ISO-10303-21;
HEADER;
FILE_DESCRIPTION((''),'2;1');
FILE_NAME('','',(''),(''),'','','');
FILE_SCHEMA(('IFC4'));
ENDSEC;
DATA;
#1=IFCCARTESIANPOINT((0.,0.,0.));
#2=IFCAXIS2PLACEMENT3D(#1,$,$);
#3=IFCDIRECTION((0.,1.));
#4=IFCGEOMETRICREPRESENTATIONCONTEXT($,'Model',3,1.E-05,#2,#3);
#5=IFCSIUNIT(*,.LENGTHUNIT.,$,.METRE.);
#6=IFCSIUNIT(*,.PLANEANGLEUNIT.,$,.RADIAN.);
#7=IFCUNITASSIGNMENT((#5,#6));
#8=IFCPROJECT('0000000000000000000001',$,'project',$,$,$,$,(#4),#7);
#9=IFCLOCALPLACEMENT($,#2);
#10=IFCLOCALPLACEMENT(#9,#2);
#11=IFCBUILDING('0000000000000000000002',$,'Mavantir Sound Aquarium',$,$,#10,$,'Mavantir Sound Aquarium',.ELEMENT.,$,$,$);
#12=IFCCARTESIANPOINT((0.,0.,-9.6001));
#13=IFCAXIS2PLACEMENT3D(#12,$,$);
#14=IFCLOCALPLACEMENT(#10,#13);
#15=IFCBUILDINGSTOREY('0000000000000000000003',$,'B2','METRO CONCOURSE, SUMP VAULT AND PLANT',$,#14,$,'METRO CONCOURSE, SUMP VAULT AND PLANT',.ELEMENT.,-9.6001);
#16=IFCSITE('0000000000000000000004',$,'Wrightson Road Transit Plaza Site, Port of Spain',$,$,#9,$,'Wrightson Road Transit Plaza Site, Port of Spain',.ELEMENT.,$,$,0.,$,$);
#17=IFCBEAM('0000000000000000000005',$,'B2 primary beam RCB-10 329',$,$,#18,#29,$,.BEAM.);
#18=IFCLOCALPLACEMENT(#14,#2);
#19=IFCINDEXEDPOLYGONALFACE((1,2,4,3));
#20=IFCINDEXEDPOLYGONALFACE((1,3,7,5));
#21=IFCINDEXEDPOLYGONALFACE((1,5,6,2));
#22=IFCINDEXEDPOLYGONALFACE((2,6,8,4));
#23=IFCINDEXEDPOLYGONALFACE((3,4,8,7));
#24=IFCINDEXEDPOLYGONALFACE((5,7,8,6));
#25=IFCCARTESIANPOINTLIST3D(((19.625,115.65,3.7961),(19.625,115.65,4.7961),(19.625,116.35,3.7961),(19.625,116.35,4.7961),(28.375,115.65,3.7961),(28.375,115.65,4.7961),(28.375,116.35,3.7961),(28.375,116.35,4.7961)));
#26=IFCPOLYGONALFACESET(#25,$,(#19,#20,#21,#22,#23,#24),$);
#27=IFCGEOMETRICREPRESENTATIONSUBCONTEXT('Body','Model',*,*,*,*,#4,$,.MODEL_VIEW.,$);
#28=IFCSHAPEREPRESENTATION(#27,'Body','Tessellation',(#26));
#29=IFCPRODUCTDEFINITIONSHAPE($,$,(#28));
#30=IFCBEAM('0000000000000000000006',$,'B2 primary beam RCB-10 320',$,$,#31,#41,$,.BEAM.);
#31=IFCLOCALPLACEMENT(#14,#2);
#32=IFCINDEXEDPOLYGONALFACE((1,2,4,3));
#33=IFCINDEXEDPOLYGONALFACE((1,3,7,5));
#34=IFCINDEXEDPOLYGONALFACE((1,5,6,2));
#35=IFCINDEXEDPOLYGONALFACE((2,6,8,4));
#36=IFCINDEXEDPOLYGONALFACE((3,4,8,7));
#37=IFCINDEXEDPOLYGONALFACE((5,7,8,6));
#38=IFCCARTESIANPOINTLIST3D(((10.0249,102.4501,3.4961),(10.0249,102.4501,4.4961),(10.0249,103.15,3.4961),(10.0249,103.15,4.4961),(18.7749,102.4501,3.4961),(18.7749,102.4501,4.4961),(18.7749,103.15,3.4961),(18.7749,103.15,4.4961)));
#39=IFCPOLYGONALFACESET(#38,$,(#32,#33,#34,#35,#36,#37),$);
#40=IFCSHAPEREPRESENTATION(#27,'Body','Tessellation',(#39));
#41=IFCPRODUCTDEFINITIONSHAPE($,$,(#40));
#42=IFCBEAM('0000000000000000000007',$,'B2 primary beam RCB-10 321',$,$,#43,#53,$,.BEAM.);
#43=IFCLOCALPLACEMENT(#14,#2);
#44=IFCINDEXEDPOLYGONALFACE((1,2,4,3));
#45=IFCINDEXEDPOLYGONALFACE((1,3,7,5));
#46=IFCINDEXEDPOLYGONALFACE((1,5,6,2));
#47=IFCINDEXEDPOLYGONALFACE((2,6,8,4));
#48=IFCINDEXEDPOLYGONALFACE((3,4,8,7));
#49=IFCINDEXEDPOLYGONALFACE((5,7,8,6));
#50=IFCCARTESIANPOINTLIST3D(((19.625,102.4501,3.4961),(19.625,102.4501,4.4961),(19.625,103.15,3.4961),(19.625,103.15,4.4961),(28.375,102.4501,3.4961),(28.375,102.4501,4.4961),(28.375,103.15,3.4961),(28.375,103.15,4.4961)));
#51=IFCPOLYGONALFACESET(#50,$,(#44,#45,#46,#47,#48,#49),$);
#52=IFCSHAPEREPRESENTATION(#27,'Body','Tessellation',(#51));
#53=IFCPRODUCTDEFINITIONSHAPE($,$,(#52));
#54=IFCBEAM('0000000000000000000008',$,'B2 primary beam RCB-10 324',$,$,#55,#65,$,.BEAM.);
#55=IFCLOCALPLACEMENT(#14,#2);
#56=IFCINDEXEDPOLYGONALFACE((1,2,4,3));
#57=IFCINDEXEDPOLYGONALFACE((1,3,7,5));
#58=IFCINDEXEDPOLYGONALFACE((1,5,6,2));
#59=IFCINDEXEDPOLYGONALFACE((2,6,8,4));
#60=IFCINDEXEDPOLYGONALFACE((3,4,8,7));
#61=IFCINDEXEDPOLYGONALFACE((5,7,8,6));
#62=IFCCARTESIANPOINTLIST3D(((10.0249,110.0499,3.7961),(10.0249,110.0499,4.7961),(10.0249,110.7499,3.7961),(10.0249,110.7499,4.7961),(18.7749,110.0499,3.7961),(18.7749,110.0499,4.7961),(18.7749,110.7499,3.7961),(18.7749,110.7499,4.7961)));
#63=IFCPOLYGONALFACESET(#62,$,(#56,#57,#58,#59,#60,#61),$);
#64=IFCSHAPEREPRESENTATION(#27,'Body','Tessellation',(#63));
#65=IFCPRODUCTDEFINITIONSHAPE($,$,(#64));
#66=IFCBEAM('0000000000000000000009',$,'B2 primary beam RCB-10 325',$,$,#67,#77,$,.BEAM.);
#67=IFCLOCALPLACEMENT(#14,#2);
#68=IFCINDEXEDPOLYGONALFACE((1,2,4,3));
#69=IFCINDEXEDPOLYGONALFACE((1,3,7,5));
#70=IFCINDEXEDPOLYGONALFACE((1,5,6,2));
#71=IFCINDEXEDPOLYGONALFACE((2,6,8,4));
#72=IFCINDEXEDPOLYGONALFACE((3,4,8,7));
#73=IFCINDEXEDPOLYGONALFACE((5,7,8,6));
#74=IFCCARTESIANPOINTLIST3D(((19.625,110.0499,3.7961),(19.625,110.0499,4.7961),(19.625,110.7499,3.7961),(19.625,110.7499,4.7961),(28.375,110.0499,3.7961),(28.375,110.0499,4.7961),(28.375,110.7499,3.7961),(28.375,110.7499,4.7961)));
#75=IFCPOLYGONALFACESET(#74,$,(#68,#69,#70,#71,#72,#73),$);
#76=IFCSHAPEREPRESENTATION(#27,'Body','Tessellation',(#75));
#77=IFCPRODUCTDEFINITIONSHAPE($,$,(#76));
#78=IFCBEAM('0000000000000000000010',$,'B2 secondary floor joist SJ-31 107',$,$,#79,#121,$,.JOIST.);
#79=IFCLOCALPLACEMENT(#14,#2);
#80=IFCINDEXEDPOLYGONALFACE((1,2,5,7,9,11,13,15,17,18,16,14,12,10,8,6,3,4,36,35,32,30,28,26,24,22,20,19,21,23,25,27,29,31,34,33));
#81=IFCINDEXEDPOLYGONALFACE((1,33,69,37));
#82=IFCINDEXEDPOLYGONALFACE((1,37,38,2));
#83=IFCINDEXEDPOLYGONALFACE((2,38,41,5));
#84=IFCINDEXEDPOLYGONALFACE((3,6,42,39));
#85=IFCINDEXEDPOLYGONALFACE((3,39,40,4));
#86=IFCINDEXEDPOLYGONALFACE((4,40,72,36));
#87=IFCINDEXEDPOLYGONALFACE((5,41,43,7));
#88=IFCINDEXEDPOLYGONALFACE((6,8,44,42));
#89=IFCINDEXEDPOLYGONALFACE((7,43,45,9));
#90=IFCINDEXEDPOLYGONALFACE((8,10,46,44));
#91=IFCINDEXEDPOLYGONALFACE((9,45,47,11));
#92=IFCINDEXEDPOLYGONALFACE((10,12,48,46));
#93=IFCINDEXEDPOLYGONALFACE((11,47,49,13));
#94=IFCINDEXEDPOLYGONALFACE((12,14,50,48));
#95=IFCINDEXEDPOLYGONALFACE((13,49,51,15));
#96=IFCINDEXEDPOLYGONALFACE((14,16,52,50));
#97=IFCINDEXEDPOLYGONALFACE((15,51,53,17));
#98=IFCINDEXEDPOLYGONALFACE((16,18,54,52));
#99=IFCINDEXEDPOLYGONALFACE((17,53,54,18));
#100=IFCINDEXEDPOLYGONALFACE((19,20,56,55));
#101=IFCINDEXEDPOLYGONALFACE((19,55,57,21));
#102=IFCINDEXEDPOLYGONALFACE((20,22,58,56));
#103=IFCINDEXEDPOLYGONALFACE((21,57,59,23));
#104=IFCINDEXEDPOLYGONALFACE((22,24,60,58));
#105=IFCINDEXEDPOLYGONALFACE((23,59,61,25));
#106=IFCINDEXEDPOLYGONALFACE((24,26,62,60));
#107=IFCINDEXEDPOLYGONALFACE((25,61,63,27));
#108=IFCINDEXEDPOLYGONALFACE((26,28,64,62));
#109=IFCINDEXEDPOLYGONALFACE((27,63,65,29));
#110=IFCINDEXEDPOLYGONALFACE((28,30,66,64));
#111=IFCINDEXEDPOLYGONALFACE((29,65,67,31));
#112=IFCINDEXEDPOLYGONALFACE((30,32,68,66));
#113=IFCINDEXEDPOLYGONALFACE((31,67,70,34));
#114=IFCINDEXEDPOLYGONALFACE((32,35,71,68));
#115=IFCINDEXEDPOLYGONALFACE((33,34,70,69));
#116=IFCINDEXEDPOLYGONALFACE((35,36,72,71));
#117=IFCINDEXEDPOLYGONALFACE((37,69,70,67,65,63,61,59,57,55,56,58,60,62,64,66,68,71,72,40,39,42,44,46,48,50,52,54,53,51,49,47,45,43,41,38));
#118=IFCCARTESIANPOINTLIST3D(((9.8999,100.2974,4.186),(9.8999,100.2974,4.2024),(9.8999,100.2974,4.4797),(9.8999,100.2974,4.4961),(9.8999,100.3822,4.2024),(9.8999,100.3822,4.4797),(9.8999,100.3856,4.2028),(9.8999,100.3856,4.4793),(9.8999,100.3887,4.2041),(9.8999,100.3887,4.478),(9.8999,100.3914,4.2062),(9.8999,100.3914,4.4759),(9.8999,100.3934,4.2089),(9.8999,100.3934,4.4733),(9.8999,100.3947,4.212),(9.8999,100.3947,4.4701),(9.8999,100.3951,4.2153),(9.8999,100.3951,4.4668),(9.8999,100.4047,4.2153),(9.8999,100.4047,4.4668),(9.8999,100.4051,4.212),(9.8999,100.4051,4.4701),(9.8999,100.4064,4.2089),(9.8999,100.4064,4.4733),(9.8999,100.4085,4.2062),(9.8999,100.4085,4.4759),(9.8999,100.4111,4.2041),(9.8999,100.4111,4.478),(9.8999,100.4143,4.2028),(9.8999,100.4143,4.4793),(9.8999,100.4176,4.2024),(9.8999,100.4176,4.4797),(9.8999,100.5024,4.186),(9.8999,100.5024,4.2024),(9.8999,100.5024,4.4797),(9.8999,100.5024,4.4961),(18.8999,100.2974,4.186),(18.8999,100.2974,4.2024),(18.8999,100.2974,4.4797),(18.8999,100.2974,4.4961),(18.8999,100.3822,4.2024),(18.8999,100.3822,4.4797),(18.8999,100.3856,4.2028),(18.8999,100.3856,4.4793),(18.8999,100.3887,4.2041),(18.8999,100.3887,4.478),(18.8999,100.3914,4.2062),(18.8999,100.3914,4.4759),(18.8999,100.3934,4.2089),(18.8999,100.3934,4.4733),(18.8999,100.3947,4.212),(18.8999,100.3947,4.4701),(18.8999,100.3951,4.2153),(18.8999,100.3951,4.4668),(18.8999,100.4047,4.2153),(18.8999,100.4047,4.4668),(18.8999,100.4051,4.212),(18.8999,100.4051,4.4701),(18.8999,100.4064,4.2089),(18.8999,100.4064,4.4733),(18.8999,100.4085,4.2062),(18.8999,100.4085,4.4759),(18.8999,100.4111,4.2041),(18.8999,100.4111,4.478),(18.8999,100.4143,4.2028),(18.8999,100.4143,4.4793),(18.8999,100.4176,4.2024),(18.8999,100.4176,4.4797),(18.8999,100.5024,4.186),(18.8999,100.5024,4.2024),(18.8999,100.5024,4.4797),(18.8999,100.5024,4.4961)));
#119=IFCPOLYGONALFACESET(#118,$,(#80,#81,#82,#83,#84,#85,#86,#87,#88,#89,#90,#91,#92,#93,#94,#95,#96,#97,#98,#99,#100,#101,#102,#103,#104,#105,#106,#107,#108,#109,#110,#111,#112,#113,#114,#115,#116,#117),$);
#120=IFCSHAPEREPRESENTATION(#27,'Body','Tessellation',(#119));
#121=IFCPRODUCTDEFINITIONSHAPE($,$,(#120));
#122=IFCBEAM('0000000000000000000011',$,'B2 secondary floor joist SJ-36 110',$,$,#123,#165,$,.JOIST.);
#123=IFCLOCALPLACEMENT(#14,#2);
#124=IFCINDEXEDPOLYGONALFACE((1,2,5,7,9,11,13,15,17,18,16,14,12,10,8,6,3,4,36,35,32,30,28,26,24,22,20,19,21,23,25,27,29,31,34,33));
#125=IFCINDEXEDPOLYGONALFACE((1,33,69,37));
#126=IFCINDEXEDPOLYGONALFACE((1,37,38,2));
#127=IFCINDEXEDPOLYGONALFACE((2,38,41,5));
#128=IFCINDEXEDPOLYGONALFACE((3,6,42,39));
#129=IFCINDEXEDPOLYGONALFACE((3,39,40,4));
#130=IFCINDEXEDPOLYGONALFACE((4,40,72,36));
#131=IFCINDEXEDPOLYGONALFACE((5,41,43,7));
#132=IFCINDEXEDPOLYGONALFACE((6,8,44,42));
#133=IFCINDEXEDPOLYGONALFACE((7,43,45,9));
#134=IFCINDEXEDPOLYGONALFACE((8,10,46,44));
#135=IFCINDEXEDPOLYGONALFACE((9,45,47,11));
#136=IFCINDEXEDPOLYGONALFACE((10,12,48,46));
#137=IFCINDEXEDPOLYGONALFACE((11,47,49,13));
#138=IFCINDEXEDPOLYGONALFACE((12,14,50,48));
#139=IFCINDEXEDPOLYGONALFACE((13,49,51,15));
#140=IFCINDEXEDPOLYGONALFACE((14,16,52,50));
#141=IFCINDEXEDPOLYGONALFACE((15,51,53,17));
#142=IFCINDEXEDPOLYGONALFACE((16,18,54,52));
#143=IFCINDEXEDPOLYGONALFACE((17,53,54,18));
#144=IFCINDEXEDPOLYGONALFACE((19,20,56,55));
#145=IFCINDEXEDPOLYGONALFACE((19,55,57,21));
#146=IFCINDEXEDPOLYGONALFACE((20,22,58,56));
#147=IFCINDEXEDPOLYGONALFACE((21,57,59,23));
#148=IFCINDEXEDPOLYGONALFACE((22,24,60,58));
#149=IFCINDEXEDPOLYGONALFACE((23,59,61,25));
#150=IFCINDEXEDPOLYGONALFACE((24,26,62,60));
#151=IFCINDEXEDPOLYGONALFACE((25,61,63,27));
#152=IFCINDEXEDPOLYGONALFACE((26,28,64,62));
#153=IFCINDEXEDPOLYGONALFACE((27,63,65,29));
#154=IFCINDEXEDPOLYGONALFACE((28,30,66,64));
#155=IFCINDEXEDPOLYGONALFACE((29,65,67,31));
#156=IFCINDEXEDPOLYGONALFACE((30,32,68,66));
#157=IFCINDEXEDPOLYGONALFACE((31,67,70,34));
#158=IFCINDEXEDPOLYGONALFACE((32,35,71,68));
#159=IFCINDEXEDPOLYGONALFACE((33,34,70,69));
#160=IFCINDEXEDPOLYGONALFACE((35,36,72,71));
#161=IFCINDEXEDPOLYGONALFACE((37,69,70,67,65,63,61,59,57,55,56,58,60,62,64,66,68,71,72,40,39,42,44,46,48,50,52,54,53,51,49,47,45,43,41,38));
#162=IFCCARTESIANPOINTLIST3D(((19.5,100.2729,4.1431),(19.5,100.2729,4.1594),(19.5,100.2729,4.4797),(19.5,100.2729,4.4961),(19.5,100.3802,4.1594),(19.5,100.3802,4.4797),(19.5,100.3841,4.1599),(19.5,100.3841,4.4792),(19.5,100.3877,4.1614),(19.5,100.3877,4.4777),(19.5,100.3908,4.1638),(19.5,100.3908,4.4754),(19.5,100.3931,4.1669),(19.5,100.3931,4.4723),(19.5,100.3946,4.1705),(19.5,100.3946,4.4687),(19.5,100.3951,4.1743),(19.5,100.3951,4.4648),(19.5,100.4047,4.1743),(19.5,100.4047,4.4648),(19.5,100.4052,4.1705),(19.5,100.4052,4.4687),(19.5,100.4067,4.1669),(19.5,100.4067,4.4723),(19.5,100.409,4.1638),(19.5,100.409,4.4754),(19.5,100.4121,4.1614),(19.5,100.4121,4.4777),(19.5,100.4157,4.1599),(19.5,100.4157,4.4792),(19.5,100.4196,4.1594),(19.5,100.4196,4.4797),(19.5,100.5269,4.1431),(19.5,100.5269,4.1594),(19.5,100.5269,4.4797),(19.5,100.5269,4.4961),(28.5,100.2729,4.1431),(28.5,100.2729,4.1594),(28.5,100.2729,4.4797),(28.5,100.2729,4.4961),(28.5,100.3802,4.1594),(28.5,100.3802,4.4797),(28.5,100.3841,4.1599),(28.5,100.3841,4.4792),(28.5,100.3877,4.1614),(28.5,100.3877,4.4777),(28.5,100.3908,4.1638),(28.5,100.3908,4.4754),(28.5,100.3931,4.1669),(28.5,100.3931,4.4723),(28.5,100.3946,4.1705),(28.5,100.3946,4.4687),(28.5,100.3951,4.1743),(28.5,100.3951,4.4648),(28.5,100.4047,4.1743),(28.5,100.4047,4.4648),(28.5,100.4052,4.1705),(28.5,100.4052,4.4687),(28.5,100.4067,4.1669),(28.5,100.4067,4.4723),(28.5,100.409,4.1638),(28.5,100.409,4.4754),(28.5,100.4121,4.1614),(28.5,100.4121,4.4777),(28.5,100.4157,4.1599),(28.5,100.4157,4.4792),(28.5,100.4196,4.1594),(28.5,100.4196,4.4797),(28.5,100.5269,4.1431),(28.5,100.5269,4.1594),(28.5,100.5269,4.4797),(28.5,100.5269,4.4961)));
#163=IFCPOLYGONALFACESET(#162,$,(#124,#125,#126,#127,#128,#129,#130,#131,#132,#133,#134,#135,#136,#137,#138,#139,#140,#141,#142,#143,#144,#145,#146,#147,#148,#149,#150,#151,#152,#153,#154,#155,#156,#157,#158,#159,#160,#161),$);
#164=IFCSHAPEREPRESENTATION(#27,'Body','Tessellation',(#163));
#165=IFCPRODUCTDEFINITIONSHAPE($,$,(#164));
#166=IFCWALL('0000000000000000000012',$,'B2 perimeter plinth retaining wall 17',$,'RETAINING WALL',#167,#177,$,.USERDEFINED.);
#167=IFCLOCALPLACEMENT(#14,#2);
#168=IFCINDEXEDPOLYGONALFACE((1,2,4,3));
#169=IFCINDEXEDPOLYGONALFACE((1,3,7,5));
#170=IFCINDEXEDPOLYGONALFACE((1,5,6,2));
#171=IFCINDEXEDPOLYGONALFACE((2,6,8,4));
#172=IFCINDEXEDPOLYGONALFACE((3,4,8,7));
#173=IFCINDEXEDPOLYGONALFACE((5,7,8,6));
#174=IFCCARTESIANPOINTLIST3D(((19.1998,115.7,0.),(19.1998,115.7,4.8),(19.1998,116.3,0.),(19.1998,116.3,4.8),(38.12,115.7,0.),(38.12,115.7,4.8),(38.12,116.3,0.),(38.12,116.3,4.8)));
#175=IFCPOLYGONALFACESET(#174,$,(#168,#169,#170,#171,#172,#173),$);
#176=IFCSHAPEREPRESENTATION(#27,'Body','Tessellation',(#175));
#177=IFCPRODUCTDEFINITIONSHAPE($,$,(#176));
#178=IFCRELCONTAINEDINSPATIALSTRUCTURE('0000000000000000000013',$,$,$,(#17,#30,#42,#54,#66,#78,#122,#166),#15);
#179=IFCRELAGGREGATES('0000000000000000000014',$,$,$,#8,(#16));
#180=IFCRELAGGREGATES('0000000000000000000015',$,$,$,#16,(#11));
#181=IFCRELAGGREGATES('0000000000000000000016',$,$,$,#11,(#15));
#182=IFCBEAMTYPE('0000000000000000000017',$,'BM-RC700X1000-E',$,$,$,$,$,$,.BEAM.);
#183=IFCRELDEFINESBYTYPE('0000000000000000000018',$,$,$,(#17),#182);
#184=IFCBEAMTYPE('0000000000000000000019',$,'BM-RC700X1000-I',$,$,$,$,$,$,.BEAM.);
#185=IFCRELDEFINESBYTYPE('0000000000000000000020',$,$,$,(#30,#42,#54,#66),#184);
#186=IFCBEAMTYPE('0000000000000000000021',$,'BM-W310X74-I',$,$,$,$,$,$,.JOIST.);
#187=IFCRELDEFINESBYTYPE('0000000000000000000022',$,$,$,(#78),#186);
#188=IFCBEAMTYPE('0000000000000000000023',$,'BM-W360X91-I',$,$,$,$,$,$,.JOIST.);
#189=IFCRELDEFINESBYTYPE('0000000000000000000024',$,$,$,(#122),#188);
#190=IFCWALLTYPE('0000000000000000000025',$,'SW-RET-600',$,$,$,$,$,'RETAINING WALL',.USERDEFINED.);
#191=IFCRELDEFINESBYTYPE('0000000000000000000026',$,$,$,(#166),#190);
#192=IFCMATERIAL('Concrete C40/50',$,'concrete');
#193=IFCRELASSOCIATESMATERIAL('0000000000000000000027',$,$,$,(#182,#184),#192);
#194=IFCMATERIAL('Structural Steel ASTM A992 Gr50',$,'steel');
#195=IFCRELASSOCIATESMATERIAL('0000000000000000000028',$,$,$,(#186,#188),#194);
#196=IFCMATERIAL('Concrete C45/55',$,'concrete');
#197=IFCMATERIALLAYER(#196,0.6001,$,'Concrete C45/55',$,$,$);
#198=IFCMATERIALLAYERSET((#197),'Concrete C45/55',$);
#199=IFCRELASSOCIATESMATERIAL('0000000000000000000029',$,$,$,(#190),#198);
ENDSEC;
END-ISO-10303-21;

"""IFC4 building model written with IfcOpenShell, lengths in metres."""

from ifc_helpers import new_model, si_unit, direction, frame, frame_2d, origin, origin_2d, place, context, subcontext, project, spatial, rectangle, i_section, extrude, material, layer, layer_set, material_profile, profile_set, type_object, element, save


model = new_model("IFC4")

# Units and contexts
model_context = context("Model", 3, precision=1e-05, world=origin(), true_north=direction((0.0, 1.0)))
body_context = subcontext(model_context, "Body", "Model", "MODEL_VIEW")
ifc_project = project(units=[si_unit("LENGTHUNIT", "METRE"), si_unit("PLANEANGLEUNIT", "RADIAN")], contexts=[model_context])

# Site, building, storey
site_placement = place(None, origin())
site = spatial("IfcSite", under=ifc_project, at=site_placement, Name="Wrightson Road Transit Plaza Site, Port of Spain", LongName="Wrightson Road Transit Plaza Site, Port of Spain", CompositionType="ELEMENT", RefElevation=0.0)
building_placement = place(site_placement, origin())
building = spatial("IfcBuilding", under=site, at=building_placement, Name="Mavantir Sound Aquarium", LongName="Mavantir Sound Aquarium", CompositionType="ELEMENT")
storey_placement = place(building_placement, frame((0.0, 0.0, -9.6001)))
storey = spatial("IfcBuildingStorey", under=building, at=storey_placement, Name="B2", Description="METRO CONCOURSE, SUMP VAULT AND PLANT", LongName="METRO CONCOURSE, SUMP VAULT AND PLANT", CompositionType="ELEMENT", Elevation=-9.6001)

# Shared definitions
ifc_material_1 = material(Name="Concrete C40/50", Category="concrete")

# Beams
ifc_material_profile_1 = material_profile(ifc_material_1, rectangle(XDim=0.7, YDim=1.0, at=origin_2d()), Name="RC 700X1000")
ifc_profile_set_1 = profile_set([ifc_material_profile_1], Name="Concrete C40/50")
beam_type_1 = type_object("IfcBeamType", Name="BM-RC700X1000-E", PredefinedType="BEAM", material=ifc_profile_set_1)
for number, where, z_axis, x_axis, name in (
    (1, (19.625, 116.0, 4.2961), (1.0, 0.0, 0.0), (0.0, 1.0, 0.0), "B2 primary beam RCB-10 329"),
):
    element("IfcBeam", number, at=place(storey_placement, frame(where, z_axis=z_axis, x_axis=x_axis)), inside=storey, type_object=beam_type_1, Name=name, PredefinedType="BEAM", context=body_context, shape_type="SweptSolid", body=[
        extrude(rectangle(XDim=0.7, YDim=1.0, at=origin_2d()), origin(), (0.0, 0.0, 1.0), 8.75),
    ])
ifc_material_profile_2 = material_profile(ifc_material_1, rectangle(XDim=0.7, YDim=1.0, at=origin_2d()), Name="RC 700X1000")
ifc_profile_set_2 = profile_set([ifc_material_profile_2], Name="Concrete C40/50")
beam_type_2 = type_object("IfcBeamType", Name="BM-RC700X1000-I", PredefinedType="BEAM", material=ifc_profile_set_2)
for number, where, z_axis, x_axis, name in (
    (2, (10.0249, 102.8, 3.9961), (1.0, 0.0, 0.0), (0.0, 1.0, 0.0), "B2 primary beam RCB-10 320"),
    (3, (19.625, 102.8, 3.9961), (1.0, 0.0, 0.0), (0.0, 1.0, 0.0), "B2 primary beam RCB-10 321"),
    (4, (10.0249, 110.3999, 4.2961), (1.0, 0.0, 0.0), (0.0, 1.0, 0.0), "B2 primary beam RCB-10 324"),
    (5, (19.625, 110.3999, 4.2961), (1.0, 0.0, 0.0), (0.0, 1.0, 0.0), "B2 primary beam RCB-10 325"),
):
    element("IfcBeam", number, at=place(storey_placement, frame(where, z_axis=z_axis, x_axis=x_axis)), inside=storey, type_object=beam_type_2, Name=name, PredefinedType="BEAM", context=body_context, shape_type="SweptSolid", body=[
        extrude(rectangle(XDim=0.7, YDim=1.0, at=origin_2d()), origin(), (0.0, 0.0, 1.0), 8.75),
    ])
ifc_material_2 = material(Name="Structural Steel ASTM A992 Gr50", Category="steel")
ifc_material_profile_3 = material_profile(ifc_material_2, i_section(OverallWidth=0.2051, OverallDepth=0.3101, WebThickness=0.0095, FlangeThickness=0.0164, FilletRadius=0.0129, at=origin_2d()), Name="W310X74")
ifc_profile_set_3 = profile_set([ifc_material_profile_3], Name="Structural Steel ASTM A992 Gr50")
beam_type_3 = type_object("IfcBeamType", Name="BM-W310X74-I", PredefinedType="JOIST", material=ifc_profile_set_3)
beam_1_placement = place(storey_placement, frame((9.8999, 100.3999, 4.3411), z_axis=(1.0, 0.0, 0.0), x_axis=(0.0, 1.0, 0.0)))
element("IfcBeam", 6, at=beam_1_placement, inside=storey, type_object=beam_type_3, Name="B2 secondary floor joist SJ-31 107", PredefinedType="JOIST", context=body_context, shape_type="SweptSolid", body=[
    extrude(i_section(OverallWidth=0.2051, OverallDepth=0.3101, WebThickness=0.0095, FlangeThickness=0.0164, FilletRadius=0.0129, at=origin_2d()), origin(), (0.0, 0.0, 1.0), 9.0),
])
ifc_material_profile_4 = material_profile(ifc_material_2, i_section(OverallWidth=0.2539, OverallDepth=0.353, WebThickness=0.0095, FlangeThickness=0.0164, FilletRadius=0.0149, at=origin_2d()), Name="W360X91")
ifc_profile_set_4 = profile_set([ifc_material_profile_4], Name="Structural Steel ASTM A992 Gr50")
beam_type_4 = type_object("IfcBeamType", Name="BM-W360X91-I", PredefinedType="JOIST", material=ifc_profile_set_4)
beam_2_placement = place(storey_placement, frame((19.5, 100.3999, 4.3196), z_axis=(1.0, 0.0, 0.0), x_axis=(0.0, 1.0, 0.0)))
element("IfcBeam", 7, at=beam_2_placement, inside=storey, type_object=beam_type_4, Name="B2 secondary floor joist SJ-36 110", PredefinedType="JOIST", context=body_context, shape_type="SweptSolid", body=[
    extrude(i_section(OverallWidth=0.2539, OverallDepth=0.353, WebThickness=0.0095, FlangeThickness=0.0164, FilletRadius=0.0149, at=origin_2d()), origin(), (0.0, 0.0, 1.0), 9.0),
])

# Wall
ifc_material_3 = material(Name="Concrete C45/55", Category="concrete")
ifc_layer = layer(ifc_material_3, 0.6001, Name="Concrete C45/55")
ifc_layer_set = layer_set([ifc_layer], Name="Concrete C45/55")
wall_type = type_object("IfcWallType", Name="SW-RET-600", ElementType="RETAINING WALL", PredefinedType="USERDEFINED", material=ifc_layer_set)
wall_placement = place(storey_placement, frame((19.2, 116.0, 0.0), z_axis=(0.0, 0.0, 1.0), x_axis=(1.0, 0.0, 0.0)))
element("IfcWall", 8, at=wall_placement, inside=storey, type_object=wall_type, Name="B2 perimeter plinth retaining wall 17", ObjectType="RETAINING WALL", PredefinedType="USERDEFINED", context=body_context, shape_type="SweptSolid", body=[
    extrude(rectangle(XDim=18.9202, YDim=0.6001, at=frame_2d((9.46, 0.0))), origin(), (0.0, 0.0, 1.0), 4.8),
])

save(model, "model.ifc")
